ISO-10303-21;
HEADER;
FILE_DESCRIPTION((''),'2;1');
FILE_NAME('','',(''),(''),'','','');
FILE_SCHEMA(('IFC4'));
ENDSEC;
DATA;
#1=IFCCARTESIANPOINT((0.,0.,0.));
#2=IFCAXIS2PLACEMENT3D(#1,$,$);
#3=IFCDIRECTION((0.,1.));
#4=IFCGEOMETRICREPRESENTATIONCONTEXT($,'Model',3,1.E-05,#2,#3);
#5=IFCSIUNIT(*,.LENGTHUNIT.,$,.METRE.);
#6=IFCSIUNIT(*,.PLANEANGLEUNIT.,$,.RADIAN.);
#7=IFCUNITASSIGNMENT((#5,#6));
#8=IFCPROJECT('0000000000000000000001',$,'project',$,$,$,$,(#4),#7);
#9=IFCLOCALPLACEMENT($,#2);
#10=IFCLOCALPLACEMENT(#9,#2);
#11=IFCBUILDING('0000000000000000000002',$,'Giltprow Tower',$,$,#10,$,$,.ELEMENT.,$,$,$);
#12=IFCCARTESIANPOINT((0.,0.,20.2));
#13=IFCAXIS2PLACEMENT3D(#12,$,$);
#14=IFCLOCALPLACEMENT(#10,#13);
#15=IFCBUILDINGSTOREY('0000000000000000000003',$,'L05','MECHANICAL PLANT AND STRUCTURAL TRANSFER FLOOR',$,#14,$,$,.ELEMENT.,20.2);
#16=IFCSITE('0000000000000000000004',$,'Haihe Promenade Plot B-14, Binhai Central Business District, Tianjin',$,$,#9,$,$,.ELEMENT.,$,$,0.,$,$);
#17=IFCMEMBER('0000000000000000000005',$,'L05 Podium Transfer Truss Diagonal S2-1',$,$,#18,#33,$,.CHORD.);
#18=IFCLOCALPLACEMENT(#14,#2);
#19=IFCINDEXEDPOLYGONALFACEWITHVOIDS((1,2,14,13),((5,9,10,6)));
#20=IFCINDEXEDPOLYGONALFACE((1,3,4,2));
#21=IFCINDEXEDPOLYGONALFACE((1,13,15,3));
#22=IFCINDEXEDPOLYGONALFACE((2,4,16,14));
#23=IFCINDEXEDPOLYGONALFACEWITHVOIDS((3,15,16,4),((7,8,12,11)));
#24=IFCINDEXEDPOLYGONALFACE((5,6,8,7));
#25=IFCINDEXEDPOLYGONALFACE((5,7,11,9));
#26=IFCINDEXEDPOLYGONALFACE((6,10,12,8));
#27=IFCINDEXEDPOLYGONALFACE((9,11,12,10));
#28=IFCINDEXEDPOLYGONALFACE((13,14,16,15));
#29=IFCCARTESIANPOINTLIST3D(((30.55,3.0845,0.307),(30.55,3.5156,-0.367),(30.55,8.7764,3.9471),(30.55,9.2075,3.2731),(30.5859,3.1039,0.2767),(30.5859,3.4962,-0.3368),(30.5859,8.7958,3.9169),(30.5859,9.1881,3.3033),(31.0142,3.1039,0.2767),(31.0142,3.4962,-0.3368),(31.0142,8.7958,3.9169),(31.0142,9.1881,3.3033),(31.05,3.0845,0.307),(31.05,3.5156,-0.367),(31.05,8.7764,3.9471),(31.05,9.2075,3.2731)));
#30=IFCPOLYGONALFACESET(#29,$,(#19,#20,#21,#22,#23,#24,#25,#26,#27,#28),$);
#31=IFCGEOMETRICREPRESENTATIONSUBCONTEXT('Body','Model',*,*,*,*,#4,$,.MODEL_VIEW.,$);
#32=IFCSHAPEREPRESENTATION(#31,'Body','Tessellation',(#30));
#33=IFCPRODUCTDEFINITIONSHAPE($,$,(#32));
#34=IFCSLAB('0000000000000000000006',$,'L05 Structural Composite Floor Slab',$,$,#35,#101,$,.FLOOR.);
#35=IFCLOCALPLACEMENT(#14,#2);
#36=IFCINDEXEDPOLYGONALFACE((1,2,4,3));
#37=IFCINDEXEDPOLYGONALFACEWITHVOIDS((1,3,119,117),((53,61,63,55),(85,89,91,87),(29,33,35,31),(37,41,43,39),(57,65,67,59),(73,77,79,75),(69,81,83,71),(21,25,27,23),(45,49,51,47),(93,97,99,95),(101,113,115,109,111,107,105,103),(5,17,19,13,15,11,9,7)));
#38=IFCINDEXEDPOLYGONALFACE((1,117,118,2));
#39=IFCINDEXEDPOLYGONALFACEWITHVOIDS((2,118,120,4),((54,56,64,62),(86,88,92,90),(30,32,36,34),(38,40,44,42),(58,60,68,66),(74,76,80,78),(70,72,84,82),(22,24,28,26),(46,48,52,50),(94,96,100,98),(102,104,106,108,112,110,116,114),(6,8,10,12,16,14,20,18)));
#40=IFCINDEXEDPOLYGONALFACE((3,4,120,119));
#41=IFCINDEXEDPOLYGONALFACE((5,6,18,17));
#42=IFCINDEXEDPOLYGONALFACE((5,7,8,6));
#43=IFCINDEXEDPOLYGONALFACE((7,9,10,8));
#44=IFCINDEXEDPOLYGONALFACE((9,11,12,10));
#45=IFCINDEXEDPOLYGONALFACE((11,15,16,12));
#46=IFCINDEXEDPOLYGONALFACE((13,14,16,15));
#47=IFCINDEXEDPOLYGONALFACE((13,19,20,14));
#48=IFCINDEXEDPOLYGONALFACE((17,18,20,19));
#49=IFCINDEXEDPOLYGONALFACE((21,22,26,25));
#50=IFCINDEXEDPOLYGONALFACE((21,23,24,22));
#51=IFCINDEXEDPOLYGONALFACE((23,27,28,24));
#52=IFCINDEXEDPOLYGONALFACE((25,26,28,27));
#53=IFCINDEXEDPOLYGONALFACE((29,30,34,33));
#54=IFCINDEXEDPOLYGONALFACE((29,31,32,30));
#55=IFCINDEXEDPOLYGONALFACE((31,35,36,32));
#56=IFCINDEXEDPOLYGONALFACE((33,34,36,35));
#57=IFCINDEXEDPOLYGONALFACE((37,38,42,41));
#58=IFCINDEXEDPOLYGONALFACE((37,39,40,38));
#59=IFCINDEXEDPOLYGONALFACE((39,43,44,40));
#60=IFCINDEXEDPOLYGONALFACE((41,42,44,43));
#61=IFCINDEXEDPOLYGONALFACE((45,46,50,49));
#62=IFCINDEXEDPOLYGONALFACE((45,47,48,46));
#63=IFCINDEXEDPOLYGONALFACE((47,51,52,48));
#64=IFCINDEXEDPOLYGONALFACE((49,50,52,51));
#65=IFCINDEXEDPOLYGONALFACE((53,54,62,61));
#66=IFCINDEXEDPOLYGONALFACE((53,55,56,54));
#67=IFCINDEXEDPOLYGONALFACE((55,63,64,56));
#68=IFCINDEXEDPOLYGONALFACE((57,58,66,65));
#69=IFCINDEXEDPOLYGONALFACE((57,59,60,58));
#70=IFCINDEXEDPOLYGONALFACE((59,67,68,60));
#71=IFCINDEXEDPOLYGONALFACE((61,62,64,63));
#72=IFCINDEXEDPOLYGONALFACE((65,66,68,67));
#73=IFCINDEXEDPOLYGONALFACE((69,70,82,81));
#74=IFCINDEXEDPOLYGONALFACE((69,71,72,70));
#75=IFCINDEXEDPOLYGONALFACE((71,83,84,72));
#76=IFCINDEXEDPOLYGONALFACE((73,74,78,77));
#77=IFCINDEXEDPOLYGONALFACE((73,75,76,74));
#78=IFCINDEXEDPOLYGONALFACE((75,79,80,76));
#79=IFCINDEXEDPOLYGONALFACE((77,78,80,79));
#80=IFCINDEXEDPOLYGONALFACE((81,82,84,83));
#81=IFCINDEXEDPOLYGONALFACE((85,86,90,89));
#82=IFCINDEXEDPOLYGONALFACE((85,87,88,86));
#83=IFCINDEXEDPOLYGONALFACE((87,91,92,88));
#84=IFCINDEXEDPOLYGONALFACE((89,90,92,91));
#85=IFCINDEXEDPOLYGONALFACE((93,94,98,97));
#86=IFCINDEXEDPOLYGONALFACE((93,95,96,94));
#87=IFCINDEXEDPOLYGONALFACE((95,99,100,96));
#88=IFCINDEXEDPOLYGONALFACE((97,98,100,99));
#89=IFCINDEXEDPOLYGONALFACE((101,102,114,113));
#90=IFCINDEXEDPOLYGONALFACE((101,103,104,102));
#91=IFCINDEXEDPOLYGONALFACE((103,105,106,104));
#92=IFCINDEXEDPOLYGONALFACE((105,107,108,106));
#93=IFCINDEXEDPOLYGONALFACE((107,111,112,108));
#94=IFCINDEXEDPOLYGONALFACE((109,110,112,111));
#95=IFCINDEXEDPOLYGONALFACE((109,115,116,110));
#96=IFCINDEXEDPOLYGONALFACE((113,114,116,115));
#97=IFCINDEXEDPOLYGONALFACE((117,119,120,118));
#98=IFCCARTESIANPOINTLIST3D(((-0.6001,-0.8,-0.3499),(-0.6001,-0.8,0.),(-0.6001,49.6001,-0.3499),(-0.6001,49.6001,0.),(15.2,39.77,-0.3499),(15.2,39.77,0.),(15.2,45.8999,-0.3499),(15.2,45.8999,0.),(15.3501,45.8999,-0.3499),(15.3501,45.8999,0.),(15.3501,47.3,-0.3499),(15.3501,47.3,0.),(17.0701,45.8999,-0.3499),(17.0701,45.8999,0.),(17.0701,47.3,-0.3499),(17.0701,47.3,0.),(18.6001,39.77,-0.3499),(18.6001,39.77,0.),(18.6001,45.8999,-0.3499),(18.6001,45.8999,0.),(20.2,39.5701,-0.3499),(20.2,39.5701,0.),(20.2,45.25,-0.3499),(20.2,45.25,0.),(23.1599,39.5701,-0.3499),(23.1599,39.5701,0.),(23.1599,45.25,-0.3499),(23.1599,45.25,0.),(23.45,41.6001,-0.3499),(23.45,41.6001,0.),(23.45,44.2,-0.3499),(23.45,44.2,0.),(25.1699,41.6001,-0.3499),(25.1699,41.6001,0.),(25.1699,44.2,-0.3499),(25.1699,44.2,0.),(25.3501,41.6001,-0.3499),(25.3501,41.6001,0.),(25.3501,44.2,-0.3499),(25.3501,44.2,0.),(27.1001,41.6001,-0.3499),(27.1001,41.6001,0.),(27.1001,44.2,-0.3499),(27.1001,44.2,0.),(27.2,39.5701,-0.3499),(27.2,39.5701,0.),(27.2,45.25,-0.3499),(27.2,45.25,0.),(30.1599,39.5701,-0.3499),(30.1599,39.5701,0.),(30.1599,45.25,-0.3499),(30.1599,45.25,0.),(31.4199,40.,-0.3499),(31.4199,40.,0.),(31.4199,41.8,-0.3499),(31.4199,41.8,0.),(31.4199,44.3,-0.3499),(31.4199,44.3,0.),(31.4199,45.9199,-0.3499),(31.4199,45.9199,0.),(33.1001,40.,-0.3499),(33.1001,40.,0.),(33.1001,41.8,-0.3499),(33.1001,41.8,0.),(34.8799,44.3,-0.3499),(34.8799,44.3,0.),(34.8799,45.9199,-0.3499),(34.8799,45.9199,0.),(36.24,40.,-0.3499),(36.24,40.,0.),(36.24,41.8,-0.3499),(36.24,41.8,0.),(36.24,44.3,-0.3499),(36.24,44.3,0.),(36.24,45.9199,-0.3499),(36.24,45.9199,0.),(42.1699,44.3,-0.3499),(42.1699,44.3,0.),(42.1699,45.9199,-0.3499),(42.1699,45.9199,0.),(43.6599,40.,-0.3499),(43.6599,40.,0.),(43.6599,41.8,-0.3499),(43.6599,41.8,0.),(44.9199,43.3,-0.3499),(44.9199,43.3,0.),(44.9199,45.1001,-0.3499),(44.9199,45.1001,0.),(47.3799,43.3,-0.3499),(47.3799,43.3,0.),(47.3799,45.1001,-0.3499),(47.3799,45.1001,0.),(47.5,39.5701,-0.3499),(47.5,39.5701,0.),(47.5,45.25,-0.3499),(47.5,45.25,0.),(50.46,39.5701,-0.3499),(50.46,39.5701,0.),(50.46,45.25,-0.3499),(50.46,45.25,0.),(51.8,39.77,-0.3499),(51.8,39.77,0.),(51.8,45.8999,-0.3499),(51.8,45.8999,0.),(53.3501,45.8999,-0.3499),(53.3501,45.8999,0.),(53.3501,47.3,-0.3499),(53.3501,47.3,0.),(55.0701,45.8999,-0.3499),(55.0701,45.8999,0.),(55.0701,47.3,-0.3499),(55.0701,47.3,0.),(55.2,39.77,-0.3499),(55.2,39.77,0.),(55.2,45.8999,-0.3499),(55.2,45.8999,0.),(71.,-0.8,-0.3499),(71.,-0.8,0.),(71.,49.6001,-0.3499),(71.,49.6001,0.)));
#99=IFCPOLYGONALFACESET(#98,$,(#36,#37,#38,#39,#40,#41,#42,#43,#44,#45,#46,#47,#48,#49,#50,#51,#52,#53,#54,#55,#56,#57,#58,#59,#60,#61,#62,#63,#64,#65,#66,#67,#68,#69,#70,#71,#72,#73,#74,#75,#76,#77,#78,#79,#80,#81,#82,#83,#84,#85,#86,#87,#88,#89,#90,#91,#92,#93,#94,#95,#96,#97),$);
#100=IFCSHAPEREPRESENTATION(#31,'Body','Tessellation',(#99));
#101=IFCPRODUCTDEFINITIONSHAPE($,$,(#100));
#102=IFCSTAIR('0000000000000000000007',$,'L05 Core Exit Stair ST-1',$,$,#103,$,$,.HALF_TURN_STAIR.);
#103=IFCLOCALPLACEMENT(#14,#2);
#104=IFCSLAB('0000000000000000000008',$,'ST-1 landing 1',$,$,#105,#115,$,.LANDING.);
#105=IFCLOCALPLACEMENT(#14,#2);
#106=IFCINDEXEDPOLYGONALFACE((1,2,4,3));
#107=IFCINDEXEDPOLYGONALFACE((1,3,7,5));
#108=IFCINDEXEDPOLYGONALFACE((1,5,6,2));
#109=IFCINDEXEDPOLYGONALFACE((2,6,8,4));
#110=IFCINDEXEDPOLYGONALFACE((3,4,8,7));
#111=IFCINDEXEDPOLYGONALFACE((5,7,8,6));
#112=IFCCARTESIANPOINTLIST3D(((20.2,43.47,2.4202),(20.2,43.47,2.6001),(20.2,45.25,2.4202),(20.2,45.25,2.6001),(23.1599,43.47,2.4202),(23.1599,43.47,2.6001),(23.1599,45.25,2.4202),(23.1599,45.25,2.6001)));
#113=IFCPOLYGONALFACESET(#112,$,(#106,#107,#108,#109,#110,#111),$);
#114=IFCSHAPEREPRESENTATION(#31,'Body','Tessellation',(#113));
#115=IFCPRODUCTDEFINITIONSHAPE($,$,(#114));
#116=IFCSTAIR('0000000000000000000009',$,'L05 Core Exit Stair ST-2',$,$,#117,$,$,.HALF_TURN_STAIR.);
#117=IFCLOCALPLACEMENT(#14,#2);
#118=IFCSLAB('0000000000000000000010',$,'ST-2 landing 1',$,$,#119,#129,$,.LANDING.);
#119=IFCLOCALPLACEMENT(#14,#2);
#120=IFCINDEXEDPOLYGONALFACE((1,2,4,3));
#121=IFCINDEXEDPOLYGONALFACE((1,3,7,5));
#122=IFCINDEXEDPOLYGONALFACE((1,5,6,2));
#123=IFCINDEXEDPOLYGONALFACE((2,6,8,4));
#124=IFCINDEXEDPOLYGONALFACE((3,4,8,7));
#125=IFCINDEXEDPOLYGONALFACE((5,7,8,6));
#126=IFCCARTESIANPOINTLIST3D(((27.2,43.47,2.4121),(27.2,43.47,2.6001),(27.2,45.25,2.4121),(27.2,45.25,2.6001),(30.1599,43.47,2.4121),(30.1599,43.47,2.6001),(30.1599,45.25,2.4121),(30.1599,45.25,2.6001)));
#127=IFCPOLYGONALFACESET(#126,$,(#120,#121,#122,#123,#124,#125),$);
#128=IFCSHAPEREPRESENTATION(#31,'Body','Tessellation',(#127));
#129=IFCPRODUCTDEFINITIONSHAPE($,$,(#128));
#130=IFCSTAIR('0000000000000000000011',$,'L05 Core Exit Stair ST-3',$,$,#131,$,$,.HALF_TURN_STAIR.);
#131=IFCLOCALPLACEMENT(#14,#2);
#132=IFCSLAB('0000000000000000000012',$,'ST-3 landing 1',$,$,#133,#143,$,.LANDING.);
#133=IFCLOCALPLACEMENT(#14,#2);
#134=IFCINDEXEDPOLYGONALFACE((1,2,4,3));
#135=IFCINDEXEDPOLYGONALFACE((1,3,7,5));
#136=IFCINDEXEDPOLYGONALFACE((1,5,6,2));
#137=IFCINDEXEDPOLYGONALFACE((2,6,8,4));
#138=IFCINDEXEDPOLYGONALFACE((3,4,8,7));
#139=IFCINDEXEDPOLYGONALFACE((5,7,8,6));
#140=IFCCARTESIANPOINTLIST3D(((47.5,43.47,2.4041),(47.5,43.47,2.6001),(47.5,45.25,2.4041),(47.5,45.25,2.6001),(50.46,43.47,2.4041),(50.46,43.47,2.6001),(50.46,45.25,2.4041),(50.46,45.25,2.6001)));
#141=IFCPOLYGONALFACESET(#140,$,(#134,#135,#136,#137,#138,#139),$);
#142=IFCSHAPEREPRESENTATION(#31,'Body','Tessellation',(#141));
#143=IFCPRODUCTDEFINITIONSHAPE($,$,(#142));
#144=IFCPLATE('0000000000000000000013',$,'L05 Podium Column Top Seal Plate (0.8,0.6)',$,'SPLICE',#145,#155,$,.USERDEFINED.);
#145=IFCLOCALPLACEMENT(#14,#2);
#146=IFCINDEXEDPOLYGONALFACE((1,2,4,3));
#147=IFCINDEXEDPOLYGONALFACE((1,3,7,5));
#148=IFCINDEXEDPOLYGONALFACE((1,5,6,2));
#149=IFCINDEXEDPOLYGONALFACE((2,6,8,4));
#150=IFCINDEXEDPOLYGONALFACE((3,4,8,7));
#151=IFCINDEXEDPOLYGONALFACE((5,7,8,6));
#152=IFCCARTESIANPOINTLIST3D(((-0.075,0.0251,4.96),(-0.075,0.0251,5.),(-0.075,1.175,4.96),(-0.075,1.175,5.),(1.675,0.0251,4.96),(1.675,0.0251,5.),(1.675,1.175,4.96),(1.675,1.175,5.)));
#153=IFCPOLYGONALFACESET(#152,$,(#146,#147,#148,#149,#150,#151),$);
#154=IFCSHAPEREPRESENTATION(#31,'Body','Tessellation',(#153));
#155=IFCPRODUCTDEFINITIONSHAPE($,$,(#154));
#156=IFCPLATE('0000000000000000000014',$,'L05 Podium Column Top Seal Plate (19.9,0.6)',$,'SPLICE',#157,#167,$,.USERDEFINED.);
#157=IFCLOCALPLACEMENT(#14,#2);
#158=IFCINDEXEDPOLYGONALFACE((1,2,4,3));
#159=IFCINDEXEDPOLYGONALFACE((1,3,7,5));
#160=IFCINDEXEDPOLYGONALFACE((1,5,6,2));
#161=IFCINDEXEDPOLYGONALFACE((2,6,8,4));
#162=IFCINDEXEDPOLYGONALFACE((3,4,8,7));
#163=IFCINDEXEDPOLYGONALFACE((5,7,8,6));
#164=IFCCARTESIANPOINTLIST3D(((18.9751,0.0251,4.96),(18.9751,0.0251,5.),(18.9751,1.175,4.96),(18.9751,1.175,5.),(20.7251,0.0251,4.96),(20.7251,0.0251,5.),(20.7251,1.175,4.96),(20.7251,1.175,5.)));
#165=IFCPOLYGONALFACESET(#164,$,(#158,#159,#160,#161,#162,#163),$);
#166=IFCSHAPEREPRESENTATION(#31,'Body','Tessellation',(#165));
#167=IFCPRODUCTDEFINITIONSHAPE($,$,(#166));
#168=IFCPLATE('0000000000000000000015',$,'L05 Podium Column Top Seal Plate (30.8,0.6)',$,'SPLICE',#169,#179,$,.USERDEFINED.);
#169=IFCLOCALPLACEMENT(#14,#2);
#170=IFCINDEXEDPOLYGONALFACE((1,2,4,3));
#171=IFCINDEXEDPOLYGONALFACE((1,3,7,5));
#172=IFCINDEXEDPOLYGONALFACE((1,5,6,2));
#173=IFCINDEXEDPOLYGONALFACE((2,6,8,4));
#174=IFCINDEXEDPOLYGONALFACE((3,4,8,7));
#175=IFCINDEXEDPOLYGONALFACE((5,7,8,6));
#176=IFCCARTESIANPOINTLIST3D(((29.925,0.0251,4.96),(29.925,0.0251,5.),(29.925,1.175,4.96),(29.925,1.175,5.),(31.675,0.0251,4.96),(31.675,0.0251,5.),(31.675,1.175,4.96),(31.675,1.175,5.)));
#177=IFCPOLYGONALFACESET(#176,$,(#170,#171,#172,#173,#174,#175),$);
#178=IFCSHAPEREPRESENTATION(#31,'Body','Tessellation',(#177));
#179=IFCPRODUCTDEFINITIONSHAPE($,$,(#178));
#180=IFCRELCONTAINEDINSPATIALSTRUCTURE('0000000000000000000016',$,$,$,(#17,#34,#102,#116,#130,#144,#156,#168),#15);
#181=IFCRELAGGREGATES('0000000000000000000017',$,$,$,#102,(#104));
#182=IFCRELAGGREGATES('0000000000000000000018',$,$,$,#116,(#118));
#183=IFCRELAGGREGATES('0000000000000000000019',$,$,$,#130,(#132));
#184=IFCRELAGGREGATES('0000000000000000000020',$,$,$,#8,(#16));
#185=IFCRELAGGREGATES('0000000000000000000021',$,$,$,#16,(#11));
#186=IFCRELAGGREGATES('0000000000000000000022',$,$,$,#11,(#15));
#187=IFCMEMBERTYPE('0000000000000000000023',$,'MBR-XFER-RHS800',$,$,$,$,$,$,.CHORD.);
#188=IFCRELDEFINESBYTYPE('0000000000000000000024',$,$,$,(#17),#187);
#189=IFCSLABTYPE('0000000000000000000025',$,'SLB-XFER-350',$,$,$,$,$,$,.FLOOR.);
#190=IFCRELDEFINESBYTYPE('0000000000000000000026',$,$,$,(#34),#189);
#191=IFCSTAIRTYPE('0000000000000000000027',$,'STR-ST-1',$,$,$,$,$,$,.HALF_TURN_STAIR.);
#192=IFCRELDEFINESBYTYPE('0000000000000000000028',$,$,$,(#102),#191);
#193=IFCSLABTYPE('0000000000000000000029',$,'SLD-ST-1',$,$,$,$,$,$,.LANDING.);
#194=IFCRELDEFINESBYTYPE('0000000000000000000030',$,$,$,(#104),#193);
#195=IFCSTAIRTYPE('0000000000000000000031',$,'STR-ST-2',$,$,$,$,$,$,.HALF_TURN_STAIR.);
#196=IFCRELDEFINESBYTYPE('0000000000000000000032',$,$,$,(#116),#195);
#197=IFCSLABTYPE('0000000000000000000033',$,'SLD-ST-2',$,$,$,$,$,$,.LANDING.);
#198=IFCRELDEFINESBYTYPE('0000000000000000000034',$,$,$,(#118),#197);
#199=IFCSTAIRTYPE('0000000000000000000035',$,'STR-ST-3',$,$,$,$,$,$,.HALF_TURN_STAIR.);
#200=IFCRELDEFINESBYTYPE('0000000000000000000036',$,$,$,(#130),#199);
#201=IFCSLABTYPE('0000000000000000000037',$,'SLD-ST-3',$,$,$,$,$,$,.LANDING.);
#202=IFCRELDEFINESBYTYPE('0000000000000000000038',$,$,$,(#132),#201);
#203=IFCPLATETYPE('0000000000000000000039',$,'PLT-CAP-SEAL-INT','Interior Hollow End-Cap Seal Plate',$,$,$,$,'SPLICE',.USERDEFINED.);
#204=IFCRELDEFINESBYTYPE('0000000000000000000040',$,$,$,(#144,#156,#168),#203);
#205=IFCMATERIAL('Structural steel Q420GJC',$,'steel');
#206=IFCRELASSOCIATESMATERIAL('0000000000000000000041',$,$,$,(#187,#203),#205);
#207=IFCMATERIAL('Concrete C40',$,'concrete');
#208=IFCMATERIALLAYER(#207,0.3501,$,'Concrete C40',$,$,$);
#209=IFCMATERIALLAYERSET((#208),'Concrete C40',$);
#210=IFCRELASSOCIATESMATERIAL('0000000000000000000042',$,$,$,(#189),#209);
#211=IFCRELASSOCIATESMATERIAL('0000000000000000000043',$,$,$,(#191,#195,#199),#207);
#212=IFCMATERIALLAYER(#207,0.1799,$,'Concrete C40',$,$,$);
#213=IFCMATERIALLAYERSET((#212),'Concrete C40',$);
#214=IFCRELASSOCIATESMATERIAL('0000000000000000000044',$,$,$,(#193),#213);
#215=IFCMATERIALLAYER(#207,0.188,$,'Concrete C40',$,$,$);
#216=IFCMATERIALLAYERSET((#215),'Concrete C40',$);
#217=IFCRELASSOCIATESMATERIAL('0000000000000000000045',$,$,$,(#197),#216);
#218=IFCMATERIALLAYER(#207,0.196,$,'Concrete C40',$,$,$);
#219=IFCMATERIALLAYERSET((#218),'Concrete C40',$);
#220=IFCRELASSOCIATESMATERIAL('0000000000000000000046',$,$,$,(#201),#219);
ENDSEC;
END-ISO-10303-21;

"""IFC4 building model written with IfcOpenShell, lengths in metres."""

from ifc_helpers import new_model, si_unit, direction, frame, origin, origin_2d, place, context, subcontext, project, spatial, polyline, rectangle, hollow_rectangle, outline, extrude, source, transform, mapped, material, layer, layer_set, material_profile, profile_set, type_object, element, aggregate, save


model = new_model("IFC4")

# Units and contexts
model_context = context("Model", 3, precision=1e-05, world=origin(), true_north=direction((0.0, 1.0)))
body_context = subcontext(model_context, "Body", "Model", "MODEL_VIEW")
ifc_project = project(units=[si_unit("LENGTHUNIT", "METRE"), si_unit("PLANEANGLEUNIT", "RADIAN")], contexts=[model_context])

# Site, building, storey
site_placement = place(None, origin())
site = spatial("IfcSite", under=ifc_project, at=site_placement, Name="Haihe Promenade Plot B-14, Binhai Central Business District, Tianjin", CompositionType="ELEMENT", RefElevation=0.0)
building_placement = place(site_placement, origin())
building = spatial("IfcBuilding", under=site, at=building_placement, Name="Giltprow Tower", CompositionType="ELEMENT")
storey_placement = place(building_placement, frame((0.0, 0.0, 20.2)))
storey = spatial("IfcBuildingStorey", under=building, at=storey_placement, Name="L05", Description="MECHANICAL PLANT AND STRUCTURAL TRANSFER FLOOR", CompositionType="ELEMENT", Elevation=20.2)

# Shared definitions
ifc_material_1 = material(Name="Structural steel Q420GJC", Category="steel")

# Member
ifc_material_profile_1 = material_profile(ifc_material_1, hollow_rectangle(XDim=0.5, YDim=0.8, WallThickness=0.0359, at=origin_2d()), Name="RHS 800x500x36")
ifc_profile_set_1 = profile_set([ifc_material_profile_1], Name="Structural steel Q420GJC")
member_type = type_object("IfcMemberType", Name="MBR-XFER-RHS800", PredefinedType="CHORD", material=ifc_profile_set_1)
shared_shape_1 = source(origin(), body_context, "Body", "SweptSolid", [
    extrude(hollow_rectangle(XDim=0.5, YDim=0.8, WallThickness=0.0359, at=origin_2d()), origin(), (0.0, 0.0, 1.0), 6.7563),
])
for number, where, z_axis, x_axis, name in (
    (1, (30.8, 3.3, -0.03), (0.0, 0.842451, 0.538773), (-1.0, 0.0, 0.0), "L05 Podium Transfer Truss Diagonal S2-1"),
):
    element("IfcMember", number, at=place(storey_placement, frame(where, z_axis=z_axis, x_axis=x_axis)), inside=storey, type_object=member_type, Name=name, PredefinedType="CHORD", context=body_context, shape_type="MappedRepresentation", body=[
        mapped(shared_shape_1, transform((0.0, 0.0, 0.0), x_axis=(1.0, 0.0, 0.0), y_axis=(0.0, 1.0, 0.0), z_axis=(0.0, 0.0, 1.0), scale=1.0)),
    ])

# Slab
ifc_material_2 = material(Name="Concrete C40", Category="concrete")
ifc_layer_1 = layer(ifc_material_2, 0.3501, Name="Concrete C40")
ifc_layer_set_1 = layer_set([ifc_layer_1], Name="Concrete C40")
slab_type_1 = type_object("IfcSlabType", Name="SLB-XFER-350", PredefinedType="FLOOR", material=ifc_layer_set_1)
slab_1_placement = place(storey_placement, frame((0.0, 0.0, -0.3499)))
element("IfcSlab", 2, at=slab_1_placement, inside=storey, type_object=slab_type_1, Name="L05 Structural Composite Floor Slab", PredefinedType="FLOOR", context=body_context, shape_type="SweptSolid", body=[
    extrude(outline(polyline([(-0.6001, 49.6001), (71.0, 49.6001), (71.0, -0.8), (-0.6001, -0.8), (-0.6001, 49.6001)]), holes=[polyline([(31.4199, 41.8), (31.4199, 40.0), (33.1001, 40.0), (33.1001, 41.8), (31.4199, 41.8)]), polyline([(23.1599, 39.5701), (23.1599, 45.25), (20.2, 45.25), (20.2, 39.5701), (23.1599, 39.5701)]), polyline([(30.1599, 39.5701), (30.1599, 45.25), (27.2, 45.25), (27.2, 39.5701), (30.1599, 39.5701)]), polyline([(15.3501, 47.3), (15.3501, 45.8999), (15.2, 45.8999), (15.2, 39.77), (18.6001, 39.77), (18.6001, 45.8999), (17.0701, 45.8999), (17.0701, 47.3), (15.3501, 47.3)]), polyline([(25.1699, 41.6001), (25.1699, 44.2), (23.45, 44.2), (23.45, 41.6001), (25.1699, 41.6001)]), polyline([(27.1001, 41.6001), (27.1001, 44.2), (25.3501, 44.2), (25.3501, 41.6001), (27.1001, 41.6001)]), polyline([(43.6599, 41.8), (36.24, 41.8), (36.24, 40.0), (43.6599, 40.0), (43.6599, 41.8)]), polyline([(50.46, 39.5701), (50.46, 45.25), (47.5, 45.25), (47.5, 39.5701), (50.46, 39.5701)]), polyline([(55.2, 39.77), (55.2, 45.8999), (55.0701, 45.8999), (55.0701, 47.3), (53.3501, 47.3), (53.3501, 45.8999), (51.8, 45.8999), (51.8, 39.77), (55.2, 39.77)]), polyline([(47.3799, 43.3), (47.3799, 45.1001), (44.9199, 45.1001), (44.9199, 43.3), (47.3799, 43.3)]), polyline([(34.8799, 44.3), (34.8799, 45.9199), (31.4199, 45.9199), (31.4199, 44.3), (34.8799, 44.3)]), polyline([(42.1699, 44.3), (42.1699, 45.9199), (36.24, 45.9199), (36.24, 44.3), (42.1699, 44.3)])]), origin(), (0.0, 0.0, 1.0), 0.3499),
])

# Stairs, slabs
stair_type_1 = type_object("IfcStairType", Name="STR-ST-1", PredefinedType="HALF_TURN_STAIR", material=ifc_material_2)
stair_1_placement = place(storey_placement, origin())
stair_1 = element("IfcStair", 3, at=stair_1_placement, inside=storey, type_object=stair_type_1, Name="L05 Core Exit Stair ST-1", PredefinedType="HALF_TURN_STAIR")
ifc_layer_2 = layer(ifc_material_2, 0.1799, Name="Concrete C40")
ifc_layer_set_2 = layer_set([ifc_layer_2], Name="Concrete C40")
slab_type_2 = type_object("IfcSlabType", Name="SLD-ST-1", PredefinedType="LANDING", material=ifc_layer_set_2)
slab_2_placement = place(storey_placement, frame((0.0, 0.0, 2.4202)))
slab_2 = element("IfcSlab", 4, at=slab_2_placement, type_object=slab_type_2, Name="ST-1 landing 1", PredefinedType="LANDING", context=body_context, shape_type="SweptSolid", body=[
    extrude(outline(polyline([(23.1599, 43.47), (23.1599, 45.25), (20.2, 45.25), (20.2, 43.47), (23.1599, 43.47)])), origin(), (0.0, 0.0, 1.0), 0.1799),
])
aggregate(stair_1, [slab_2])
stair_type_2 = type_object("IfcStairType", Name="STR-ST-2", PredefinedType="HALF_TURN_STAIR", material=ifc_material_2)
stair_2_placement = place(storey_placement, origin())
stair_2 = element("IfcStair", 5, at=stair_2_placement, inside=storey, type_object=stair_type_2, Name="L05 Core Exit Stair ST-2", PredefinedType="HALF_TURN_STAIR")
ifc_layer_3 = layer(ifc_material_2, 0.188, Name="Concrete C40")
ifc_layer_set_3 = layer_set([ifc_layer_3], Name="Concrete C40")
slab_type_3 = type_object("IfcSlabType", Name="SLD-ST-2", PredefinedType="LANDING", material=ifc_layer_set_3)
slab_3_placement = place(storey_placement, frame((0.0, 0.0, 2.4121)))
slab_3 = element("IfcSlab", 6, at=slab_3_placement, type_object=slab_type_3, Name="ST-2 landing 1", PredefinedType="LANDING", context=body_context, shape_type="SweptSolid", body=[
    extrude(outline(polyline([(30.1599, 43.47), (30.1599, 45.25), (27.2, 45.25), (27.2, 43.47), (30.1599, 43.47)])), origin(), (0.0, 0.0, 1.0), 0.188),
])
aggregate(stair_2, [slab_3])
stair_type_3 = type_object("IfcStairType", Name="STR-ST-3", PredefinedType="HALF_TURN_STAIR", material=ifc_material_2)
stair_3_placement = place(storey_placement, origin())
stair_3 = element("IfcStair", 7, at=stair_3_placement, inside=storey, type_object=stair_type_3, Name="L05 Core Exit Stair ST-3", PredefinedType="HALF_TURN_STAIR")
ifc_layer_4 = layer(ifc_material_2, 0.196, Name="Concrete C40")
ifc_layer_set_4 = layer_set([ifc_layer_4], Name="Concrete C40")
slab_type_4 = type_object("IfcSlabType", Name="SLD-ST-3", PredefinedType="LANDING", material=ifc_layer_set_4)
slab_4_placement = place(storey_placement, frame((0.0, 0.0, 2.4041)))
slab_4 = element("IfcSlab", 8, at=slab_4_placement, type_object=slab_type_4, Name="ST-3 landing 1", PredefinedType="LANDING", context=body_context, shape_type="SweptSolid", body=[
    extrude(outline(polyline([(50.46, 43.47), (50.46, 45.25), (47.5, 45.25), (47.5, 43.47), (50.46, 43.47)])), origin(), (0.0, 0.0, 1.0), 0.196),
])
aggregate(stair_3, [slab_4])

# Plates
plate_type_1 = type_object("IfcPlateType", Name="PLT-CAP-SEAL-INT", Description="Interior Hollow End-Cap Seal Plate", ElementType="SPLICE", PredefinedType="USERDEFINED", material=ifc_material_1)
shared_shape_2 = source(origin(), body_context, "Body", "SweptSolid", [
    extrude(rectangle(XDim=1.75, YDim=1.1499, at=origin_2d()), origin(), (0.0, 0.0, 1.0), 0.04),
])
for number, where, z_axis, x_axis, name in (
    (9, (0.8, 0.6001, 4.96), (0.0, 0.0, 1.0), (1.0, 0.0, 0.0), "L05 Podium Column Top Seal Plate (0.8,0.6)"),
    (10, (19.8501, 0.6001, 4.96), (0.0, 0.0, 1.0), (1.0, 0.0, 0.0), "L05 Podium Column Top Seal Plate (19.9,0.6)"),
    (11, (30.8, 0.6001, 4.96), (0.0, 0.0, 1.0), (1.0, 0.0, 0.0), "L05 Podium Column Top Seal Plate (30.8,0.6)"),
):
    element("IfcPlate", number, at=place(storey_placement, frame(where, z_axis=z_axis, x_axis=x_axis)), inside=storey, type_object=plate_type_1, Name=name, ObjectType="SPLICE", PredefinedType="USERDEFINED", context=body_context, shape_type="MappedRepresentation", body=[
        mapped(shared_shape_2, transform((0.0, 0.0, 0.0), x_axis=(1.0, 0.0, 0.0), y_axis=(0.0, 1.0, 0.0), z_axis=(0.0, 0.0, 1.0), scale=1.0)),
    ])

save(model, "model.ifc")
